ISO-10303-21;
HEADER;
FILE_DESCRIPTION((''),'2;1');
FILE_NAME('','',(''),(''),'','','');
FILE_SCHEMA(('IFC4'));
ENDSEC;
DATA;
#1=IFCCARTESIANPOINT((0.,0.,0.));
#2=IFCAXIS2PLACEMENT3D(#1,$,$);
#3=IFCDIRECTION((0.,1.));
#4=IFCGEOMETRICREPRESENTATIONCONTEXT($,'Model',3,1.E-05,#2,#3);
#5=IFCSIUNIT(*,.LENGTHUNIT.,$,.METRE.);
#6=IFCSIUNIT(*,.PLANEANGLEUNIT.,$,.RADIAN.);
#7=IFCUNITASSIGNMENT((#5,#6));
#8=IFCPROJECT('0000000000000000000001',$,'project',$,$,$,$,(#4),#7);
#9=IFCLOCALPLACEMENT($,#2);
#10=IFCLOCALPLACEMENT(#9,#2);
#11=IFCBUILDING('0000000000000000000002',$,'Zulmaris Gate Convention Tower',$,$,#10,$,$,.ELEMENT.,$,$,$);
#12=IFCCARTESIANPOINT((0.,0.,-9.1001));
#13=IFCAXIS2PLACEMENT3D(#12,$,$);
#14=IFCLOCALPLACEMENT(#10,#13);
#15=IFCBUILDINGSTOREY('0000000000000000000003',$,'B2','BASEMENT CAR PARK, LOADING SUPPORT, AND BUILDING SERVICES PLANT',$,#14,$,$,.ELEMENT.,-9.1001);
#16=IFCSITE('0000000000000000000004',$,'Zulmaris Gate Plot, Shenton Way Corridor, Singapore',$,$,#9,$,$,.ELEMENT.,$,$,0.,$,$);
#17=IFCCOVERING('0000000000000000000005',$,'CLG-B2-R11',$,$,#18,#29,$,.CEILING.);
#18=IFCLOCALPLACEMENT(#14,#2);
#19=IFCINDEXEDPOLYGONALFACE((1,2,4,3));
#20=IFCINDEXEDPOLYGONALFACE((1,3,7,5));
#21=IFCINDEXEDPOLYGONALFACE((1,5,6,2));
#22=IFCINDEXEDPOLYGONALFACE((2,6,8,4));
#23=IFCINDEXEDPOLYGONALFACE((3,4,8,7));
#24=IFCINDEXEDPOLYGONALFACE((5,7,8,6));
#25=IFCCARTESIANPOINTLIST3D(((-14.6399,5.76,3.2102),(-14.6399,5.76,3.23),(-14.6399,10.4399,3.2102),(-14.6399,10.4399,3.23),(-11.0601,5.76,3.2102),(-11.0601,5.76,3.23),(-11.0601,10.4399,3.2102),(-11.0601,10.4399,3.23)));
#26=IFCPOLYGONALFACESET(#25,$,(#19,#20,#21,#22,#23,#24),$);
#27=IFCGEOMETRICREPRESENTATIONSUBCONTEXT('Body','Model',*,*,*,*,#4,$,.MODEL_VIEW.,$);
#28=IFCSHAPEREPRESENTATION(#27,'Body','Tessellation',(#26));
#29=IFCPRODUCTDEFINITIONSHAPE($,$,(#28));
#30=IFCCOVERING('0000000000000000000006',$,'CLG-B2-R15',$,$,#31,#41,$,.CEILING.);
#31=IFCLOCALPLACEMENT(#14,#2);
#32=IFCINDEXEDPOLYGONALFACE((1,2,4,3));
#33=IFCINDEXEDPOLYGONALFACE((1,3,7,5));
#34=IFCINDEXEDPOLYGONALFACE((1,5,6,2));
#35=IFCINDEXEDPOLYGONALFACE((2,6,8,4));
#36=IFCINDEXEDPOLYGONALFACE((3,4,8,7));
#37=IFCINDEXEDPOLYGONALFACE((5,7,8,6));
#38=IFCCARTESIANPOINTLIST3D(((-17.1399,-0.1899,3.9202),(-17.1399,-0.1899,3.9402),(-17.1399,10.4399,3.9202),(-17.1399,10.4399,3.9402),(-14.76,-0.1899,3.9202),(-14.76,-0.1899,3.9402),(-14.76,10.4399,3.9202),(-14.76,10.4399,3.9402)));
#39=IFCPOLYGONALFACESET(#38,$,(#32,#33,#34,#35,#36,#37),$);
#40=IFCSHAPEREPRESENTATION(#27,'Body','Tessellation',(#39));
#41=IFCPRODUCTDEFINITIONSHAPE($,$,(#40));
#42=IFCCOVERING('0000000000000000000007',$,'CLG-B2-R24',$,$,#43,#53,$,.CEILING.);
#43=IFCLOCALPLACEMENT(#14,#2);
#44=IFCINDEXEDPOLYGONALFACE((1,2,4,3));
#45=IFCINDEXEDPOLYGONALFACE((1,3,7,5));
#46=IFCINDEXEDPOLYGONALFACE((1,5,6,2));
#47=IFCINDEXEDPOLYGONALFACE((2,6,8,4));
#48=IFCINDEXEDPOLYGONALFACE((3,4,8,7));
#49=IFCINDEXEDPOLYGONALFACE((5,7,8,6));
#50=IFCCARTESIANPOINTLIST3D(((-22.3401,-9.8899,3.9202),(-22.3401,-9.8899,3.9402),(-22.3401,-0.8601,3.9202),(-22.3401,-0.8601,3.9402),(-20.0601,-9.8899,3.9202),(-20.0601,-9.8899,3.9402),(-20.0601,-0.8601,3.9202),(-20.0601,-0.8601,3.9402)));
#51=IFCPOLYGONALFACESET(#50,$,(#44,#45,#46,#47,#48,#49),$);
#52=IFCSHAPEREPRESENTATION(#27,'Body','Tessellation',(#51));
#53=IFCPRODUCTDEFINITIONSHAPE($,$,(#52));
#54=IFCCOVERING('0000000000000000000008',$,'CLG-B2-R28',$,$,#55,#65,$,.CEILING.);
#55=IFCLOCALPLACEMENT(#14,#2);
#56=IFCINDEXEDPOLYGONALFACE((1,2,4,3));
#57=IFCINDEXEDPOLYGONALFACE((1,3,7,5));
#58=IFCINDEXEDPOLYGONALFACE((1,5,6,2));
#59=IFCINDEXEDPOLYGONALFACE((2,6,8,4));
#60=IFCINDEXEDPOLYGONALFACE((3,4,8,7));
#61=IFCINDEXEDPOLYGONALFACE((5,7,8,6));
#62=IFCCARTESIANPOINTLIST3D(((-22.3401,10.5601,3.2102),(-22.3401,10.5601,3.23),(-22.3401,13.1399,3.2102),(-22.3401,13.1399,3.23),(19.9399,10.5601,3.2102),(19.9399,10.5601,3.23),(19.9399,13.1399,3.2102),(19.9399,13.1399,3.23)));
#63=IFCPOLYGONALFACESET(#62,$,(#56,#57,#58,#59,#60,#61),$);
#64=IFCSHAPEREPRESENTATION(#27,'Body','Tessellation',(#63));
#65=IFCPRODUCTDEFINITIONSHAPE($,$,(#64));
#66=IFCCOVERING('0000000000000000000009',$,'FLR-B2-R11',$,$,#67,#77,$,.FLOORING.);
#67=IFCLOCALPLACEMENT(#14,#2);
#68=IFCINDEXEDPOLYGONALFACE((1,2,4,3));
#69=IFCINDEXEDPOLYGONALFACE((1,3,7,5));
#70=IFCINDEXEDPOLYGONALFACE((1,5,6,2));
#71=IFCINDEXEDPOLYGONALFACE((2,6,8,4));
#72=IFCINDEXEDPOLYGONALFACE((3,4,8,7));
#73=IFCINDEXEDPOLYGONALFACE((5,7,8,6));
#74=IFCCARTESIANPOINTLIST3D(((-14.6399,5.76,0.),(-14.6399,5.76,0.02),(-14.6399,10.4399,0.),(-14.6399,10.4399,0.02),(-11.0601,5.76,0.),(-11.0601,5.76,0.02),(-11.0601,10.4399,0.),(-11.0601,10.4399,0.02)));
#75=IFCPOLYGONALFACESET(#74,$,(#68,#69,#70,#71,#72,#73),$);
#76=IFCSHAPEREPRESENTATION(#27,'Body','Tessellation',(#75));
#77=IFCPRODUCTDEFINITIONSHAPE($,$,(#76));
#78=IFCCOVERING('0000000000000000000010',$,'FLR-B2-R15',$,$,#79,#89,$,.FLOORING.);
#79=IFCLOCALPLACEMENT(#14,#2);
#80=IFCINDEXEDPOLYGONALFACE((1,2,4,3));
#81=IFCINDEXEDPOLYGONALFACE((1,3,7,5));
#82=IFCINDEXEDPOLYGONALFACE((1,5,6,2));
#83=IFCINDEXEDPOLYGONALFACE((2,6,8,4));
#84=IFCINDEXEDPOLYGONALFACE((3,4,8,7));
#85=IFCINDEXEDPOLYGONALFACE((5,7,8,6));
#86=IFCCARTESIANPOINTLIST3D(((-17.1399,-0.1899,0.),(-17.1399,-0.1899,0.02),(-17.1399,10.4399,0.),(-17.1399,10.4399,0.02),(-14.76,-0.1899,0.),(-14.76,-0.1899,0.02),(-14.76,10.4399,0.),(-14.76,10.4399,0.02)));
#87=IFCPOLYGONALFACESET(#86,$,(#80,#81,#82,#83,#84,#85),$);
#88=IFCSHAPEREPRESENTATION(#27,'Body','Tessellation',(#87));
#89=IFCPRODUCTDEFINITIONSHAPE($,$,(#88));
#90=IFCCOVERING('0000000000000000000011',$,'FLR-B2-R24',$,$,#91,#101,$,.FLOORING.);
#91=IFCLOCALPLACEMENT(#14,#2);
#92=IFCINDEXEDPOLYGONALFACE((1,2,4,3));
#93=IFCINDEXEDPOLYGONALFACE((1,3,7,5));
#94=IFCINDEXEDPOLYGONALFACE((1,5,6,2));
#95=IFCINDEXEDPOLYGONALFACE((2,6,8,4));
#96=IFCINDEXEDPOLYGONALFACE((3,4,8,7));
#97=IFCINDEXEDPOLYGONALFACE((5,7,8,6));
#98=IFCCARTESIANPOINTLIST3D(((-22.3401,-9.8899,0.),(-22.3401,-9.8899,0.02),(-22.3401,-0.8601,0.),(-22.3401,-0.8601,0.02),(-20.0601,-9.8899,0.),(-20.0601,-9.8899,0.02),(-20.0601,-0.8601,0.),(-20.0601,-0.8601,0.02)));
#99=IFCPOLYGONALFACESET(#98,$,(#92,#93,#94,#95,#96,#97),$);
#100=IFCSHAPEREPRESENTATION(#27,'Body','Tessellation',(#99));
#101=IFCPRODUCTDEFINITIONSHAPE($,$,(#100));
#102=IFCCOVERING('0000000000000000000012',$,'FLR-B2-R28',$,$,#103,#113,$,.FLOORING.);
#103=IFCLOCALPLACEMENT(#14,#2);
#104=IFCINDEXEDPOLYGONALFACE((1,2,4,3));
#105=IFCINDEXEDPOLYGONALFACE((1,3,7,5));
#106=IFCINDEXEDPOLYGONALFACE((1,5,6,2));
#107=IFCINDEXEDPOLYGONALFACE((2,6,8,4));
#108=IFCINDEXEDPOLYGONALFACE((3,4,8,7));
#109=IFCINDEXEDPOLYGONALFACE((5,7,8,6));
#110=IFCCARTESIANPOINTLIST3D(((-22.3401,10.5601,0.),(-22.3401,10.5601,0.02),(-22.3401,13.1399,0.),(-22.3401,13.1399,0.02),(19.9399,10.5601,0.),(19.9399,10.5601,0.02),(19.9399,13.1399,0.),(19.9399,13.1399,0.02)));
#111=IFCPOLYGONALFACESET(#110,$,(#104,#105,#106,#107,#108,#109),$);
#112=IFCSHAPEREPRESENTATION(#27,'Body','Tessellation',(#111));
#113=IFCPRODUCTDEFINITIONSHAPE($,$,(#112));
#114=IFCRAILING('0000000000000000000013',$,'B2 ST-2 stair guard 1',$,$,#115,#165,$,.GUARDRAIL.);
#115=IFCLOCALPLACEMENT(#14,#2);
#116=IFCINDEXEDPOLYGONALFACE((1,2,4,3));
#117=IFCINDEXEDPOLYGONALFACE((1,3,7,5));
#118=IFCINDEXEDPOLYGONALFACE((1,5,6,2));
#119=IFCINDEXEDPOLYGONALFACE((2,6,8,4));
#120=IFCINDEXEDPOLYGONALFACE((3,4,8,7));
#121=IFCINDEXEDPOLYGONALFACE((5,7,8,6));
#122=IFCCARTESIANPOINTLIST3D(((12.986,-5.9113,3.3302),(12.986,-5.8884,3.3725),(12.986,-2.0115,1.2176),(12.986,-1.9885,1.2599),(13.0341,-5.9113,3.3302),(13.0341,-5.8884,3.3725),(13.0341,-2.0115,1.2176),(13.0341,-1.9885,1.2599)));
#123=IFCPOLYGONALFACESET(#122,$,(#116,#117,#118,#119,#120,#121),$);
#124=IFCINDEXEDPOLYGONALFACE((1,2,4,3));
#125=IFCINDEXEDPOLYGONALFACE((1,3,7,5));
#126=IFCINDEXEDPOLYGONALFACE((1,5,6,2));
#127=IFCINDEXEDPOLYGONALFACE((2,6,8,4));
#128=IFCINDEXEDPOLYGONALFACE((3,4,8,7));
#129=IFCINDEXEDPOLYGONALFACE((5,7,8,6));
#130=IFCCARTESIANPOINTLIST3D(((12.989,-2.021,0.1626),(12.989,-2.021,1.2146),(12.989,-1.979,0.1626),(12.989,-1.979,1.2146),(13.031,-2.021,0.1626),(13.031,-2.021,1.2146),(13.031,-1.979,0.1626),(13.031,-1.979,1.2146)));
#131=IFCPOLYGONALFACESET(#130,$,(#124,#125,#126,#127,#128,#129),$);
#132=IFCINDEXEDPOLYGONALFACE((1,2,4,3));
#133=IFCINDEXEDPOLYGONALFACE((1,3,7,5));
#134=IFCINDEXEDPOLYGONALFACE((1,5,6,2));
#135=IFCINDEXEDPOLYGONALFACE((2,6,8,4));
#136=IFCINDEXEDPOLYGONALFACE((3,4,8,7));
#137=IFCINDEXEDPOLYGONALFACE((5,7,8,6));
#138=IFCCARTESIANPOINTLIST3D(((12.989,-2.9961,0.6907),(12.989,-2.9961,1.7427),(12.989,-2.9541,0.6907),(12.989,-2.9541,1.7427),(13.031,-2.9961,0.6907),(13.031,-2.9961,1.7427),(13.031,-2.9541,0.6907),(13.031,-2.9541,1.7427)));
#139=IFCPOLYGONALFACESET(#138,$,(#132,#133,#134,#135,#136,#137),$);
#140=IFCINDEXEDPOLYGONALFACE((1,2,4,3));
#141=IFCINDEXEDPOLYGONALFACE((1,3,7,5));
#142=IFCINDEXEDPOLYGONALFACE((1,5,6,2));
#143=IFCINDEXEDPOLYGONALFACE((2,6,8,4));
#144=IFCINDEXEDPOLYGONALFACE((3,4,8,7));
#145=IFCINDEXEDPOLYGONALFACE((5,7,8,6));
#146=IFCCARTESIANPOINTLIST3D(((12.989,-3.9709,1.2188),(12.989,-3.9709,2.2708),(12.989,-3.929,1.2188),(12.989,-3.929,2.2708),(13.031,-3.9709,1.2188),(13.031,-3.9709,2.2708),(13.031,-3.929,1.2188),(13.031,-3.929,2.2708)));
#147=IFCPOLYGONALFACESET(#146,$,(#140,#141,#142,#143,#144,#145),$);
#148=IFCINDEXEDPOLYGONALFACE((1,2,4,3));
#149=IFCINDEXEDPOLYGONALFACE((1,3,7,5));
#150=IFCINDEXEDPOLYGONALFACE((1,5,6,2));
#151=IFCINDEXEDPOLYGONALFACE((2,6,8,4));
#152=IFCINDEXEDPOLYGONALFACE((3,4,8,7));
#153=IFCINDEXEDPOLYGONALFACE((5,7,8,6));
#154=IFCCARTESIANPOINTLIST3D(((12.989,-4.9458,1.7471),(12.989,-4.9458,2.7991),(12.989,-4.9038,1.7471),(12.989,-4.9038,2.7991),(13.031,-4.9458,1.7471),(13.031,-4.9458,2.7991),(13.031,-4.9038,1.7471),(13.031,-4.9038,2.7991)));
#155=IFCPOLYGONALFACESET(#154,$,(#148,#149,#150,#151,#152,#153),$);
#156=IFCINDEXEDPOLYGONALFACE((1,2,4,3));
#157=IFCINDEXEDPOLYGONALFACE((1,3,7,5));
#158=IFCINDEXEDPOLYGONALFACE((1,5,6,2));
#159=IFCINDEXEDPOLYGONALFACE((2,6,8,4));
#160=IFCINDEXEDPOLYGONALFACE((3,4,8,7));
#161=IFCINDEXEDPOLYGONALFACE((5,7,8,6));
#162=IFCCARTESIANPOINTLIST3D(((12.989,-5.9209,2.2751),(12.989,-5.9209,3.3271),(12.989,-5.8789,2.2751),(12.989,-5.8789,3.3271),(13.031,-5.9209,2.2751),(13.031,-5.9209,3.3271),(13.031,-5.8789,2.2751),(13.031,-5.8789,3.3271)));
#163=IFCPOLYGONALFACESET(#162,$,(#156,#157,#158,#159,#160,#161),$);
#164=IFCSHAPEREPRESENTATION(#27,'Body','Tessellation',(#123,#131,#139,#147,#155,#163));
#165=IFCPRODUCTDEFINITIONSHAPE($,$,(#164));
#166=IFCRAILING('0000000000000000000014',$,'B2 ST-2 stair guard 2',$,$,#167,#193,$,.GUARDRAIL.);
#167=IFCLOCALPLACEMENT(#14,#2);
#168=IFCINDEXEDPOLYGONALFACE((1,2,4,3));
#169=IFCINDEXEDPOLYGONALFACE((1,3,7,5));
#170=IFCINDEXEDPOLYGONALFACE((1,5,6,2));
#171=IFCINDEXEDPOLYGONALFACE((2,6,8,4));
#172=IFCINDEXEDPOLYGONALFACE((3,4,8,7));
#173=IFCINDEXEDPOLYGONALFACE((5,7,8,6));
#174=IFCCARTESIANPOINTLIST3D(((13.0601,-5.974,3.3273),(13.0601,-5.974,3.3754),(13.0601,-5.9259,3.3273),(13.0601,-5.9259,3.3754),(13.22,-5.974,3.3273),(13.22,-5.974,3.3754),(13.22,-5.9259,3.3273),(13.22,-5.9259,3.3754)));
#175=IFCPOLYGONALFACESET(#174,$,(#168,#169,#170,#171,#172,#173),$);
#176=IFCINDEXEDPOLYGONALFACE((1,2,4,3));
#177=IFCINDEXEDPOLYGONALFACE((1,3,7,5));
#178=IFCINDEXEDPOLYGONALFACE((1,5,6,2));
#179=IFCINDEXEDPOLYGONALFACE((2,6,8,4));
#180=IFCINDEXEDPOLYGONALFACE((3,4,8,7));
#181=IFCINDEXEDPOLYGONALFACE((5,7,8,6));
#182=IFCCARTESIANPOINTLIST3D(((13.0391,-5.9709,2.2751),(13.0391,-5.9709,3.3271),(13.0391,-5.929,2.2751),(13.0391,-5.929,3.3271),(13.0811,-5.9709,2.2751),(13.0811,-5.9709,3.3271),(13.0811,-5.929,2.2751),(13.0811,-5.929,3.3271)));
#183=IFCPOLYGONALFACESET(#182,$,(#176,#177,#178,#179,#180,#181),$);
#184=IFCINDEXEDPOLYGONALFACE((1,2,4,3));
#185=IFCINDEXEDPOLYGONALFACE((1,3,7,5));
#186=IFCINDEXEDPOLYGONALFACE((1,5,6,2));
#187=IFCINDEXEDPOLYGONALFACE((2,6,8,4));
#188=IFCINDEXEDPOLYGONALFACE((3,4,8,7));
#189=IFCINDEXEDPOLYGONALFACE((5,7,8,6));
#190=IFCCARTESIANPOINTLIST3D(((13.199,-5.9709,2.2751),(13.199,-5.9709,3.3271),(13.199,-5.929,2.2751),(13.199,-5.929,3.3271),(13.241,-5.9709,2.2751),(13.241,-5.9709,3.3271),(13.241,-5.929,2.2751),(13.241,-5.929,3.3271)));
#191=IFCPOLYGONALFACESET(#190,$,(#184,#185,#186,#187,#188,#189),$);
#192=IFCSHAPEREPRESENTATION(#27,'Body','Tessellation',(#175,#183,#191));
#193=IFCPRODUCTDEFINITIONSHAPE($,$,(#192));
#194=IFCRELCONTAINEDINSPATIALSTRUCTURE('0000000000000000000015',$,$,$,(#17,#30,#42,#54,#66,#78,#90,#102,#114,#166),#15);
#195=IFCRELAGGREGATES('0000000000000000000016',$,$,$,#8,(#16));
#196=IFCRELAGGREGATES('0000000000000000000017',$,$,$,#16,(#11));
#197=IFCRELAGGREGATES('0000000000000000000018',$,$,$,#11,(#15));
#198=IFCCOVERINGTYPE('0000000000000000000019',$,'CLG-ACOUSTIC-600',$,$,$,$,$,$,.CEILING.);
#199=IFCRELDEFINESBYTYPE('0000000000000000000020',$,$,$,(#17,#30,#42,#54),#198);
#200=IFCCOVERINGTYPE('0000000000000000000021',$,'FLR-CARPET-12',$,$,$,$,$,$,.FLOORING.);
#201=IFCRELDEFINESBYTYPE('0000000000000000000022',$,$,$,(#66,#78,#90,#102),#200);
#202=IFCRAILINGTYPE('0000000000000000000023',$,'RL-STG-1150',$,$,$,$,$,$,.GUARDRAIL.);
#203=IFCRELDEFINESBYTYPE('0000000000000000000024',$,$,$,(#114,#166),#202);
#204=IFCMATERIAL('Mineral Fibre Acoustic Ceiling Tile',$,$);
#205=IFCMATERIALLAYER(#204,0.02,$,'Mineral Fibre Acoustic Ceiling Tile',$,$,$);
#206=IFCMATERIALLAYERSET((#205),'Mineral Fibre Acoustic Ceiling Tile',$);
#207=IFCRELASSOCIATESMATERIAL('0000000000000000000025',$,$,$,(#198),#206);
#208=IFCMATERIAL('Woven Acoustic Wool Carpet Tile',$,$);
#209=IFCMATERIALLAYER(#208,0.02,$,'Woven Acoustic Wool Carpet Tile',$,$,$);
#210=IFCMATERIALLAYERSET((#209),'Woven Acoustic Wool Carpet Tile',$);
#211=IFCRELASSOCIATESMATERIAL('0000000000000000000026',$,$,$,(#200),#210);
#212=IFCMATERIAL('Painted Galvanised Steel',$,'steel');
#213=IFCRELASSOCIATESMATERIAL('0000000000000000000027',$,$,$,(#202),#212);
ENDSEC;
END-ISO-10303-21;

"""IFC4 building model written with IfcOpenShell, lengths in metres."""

from ifc_helpers import new_model, si_unit, direction, frame, origin, origin_2d, place, context, subcontext, project, spatial, polyline, rectangle, outline, extrude, material, layer, layer_set, type_object, element, save


model = new_model("IFC4")

# Units and contexts
model_context = context("Model", 3, precision=1e-05, world=origin(), true_north=direction((0.0, 1.0)))
body_context = subcontext(model_context, "Body", "Model", "MODEL_VIEW")
ifc_project = project(units=[si_unit("LENGTHUNIT", "METRE"), si_unit("PLANEANGLEUNIT", "RADIAN")], contexts=[model_context])

# Site, building, storey
site_placement = place(None, origin())
site = spatial("IfcSite", under=ifc_project, at=site_placement, Name="Zulmaris Gate Plot, Shenton Way Corridor, Singapore", CompositionType="ELEMENT", RefElevation=0.0)
building_placement = place(site_placement, origin())
building = spatial("IfcBuilding", under=site, at=building_placement, Name="Zulmaris Gate Convention Tower", CompositionType="ELEMENT")
storey_placement = place(building_placement, frame((0.0, 0.0, -9.1001)))
storey = spatial("IfcBuildingStorey", under=building, at=storey_placement, Name="B2", Description="BASEMENT CAR PARK, LOADING SUPPORT, AND BUILDING SERVICES PLANT", CompositionType="ELEMENT", Elevation=-9.1001)

# Coverings
ifc_material_1 = material(Name="Mineral Fibre Acoustic Ceiling Tile")
ifc_layer_1 = layer(ifc_material_1, 0.02, Name="Mineral Fibre Acoustic Ceiling Tile")
ifc_layer_set_1 = layer_set([ifc_layer_1], Name="Mineral Fibre Acoustic Ceiling Tile")
covering_type_1 = type_object("IfcCoveringType", Name="CLG-ACOUSTIC-600", PredefinedType="CEILING", material=ifc_layer_set_1)
covering_1_placement = place(storey_placement, frame((0.0, 0.0, 3.2102)))
element("IfcCovering", 1, at=covering_1_placement, inside=storey, type_object=covering_type_1, Name="CLG-B2-R11", PredefinedType="CEILING", context=body_context, shape_type="SweptSolid", body=[
    extrude(outline(polyline([(-14.6399, 5.76), (-11.0601, 5.76), (-11.0601, 10.4399), (-14.6399, 10.4399), (-14.6399, 5.76)])), origin(), (0.0, 0.0, 1.0), 0.0198),
])
covering_2_placement = place(storey_placement, frame((0.0, 0.0, 3.9202)))
element("IfcCovering", 2, at=covering_2_placement, inside=storey, type_object=covering_type_1, Name="CLG-B2-R15", PredefinedType="CEILING", context=body_context, shape_type="SweptSolid", body=[
    extrude(outline(polyline([(-17.1399, -0.1899), (-14.76, -0.1899), (-14.76, 10.4399), (-17.1399, 10.4399), (-17.1399, -0.1899)])), origin(), (0.0, 0.0, 1.0), 0.02),
])
covering_3_placement = place(storey_placement, frame((0.0, 0.0, 3.9202)))
element("IfcCovering", 3, at=covering_3_placement, inside=storey, type_object=covering_type_1, Name="CLG-B2-R24", PredefinedType="CEILING", context=body_context, shape_type="SweptSolid", body=[
    extrude(outline(polyline([(-22.3401, -9.8899), (-20.0601, -9.8899), (-20.0601, -0.8601), (-22.3401, -0.8601), (-22.3401, -9.8899)])), origin(), (0.0, 0.0, 1.0), 0.02),
])
covering_4_placement = place(storey_placement, frame((0.0, 0.0, 3.2102)))
element("IfcCovering", 4, at=covering_4_placement, inside=storey, type_object=covering_type_1, Name="CLG-B2-R28", PredefinedType="CEILING", context=body_context, shape_type="SweptSolid", body=[
    extrude(outline(polyline([(-22.3401, 10.5601), (19.9399, 10.5601), (19.9399, 13.1399), (-22.3401, 13.1399), (-22.3401, 10.5601)])), origin(), (0.0, 0.0, 1.0), 0.0198),
])
ifc_material_2 = material(Name="Woven Acoustic Wool Carpet Tile")
ifc_layer_2 = layer(ifc_material_2, 0.02, Name="Woven Acoustic Wool Carpet Tile")
ifc_layer_set_2 = layer_set([ifc_layer_2], Name="Woven Acoustic Wool Carpet Tile")
covering_type_2 = type_object("IfcCoveringType", Name="FLR-CARPET-12", PredefinedType="FLOORING", material=ifc_layer_set_2)
covering_5_placement = place(storey_placement, origin())
element("IfcCovering", 5, at=covering_5_placement, inside=storey, type_object=covering_type_2, Name="FLR-B2-R11", PredefinedType="FLOORING", context=body_context, shape_type="SweptSolid", body=[
    extrude(outline(polyline([(-14.6399, 5.76), (-11.0601, 5.76), (-11.0601, 10.4399), (-14.6399, 10.4399), (-14.6399, 5.76)])), origin(), (0.0, 0.0, 1.0), 0.02),
])
covering_6_placement = place(storey_placement, origin())
element("IfcCovering", 6, at=covering_6_placement, inside=storey, type_object=covering_type_2, Name="FLR-B2-R15", PredefinedType="FLOORING", context=body_context, shape_type="SweptSolid", body=[
    extrude(outline(polyline([(-17.1399, -0.1899), (-14.76, -0.1899), (-14.76, 10.4399), (-17.1399, 10.4399), (-17.1399, -0.1899)])), origin(), (0.0, 0.0, 1.0), 0.02),
])
covering_7_placement = place(storey_placement, origin())
element("IfcCovering", 7, at=covering_7_placement, inside=storey, type_object=covering_type_2, Name="FLR-B2-R24", PredefinedType="FLOORING", context=body_context, shape_type="SweptSolid", body=[
    extrude(outline(polyline([(-22.3401, -9.8899), (-20.0601, -9.8899), (-20.0601, -0.8601), (-22.3401, -0.8601), (-22.3401, -9.8899)])), origin(), (0.0, 0.0, 1.0), 0.02),
])
covering_8_placement = place(storey_placement, origin())
element("IfcCovering", 8, at=covering_8_placement, inside=storey, type_object=covering_type_2, Name="FLR-B2-R28", PredefinedType="FLOORING", context=body_context, shape_type="SweptSolid", body=[
    extrude(outline(polyline([(-22.3401, 10.5601), (19.9399, 10.5601), (19.9399, 13.1399), (-22.3401, 13.1399), (-22.3401, 10.5601)])), origin(), (0.0, 0.0, 1.0), 0.02),
])

# Railings
ifc_material_3 = material(Name="Painted Galvanised Steel", Category="steel")
railing_type_1 = type_object("IfcRailingType", Name="RL-STG-1150", PredefinedType="GUARDRAIL", material=ifc_material_3)
railing_1_placement = place(storey_placement, frame((13.01, -2.0, 0.1626)))
element("IfcRailing", 9, at=railing_1_placement, inside=storey, type_object=railing_type_1, Name="B2 ST-2 stair guard 1", PredefinedType="GUARDRAIL", context=body_context, shape_type="SweptSolid", body=[
    extrude(rectangle(XDim=0.0481, YDim=0.0481, at=origin_2d()), frame((0.0, 0.0, 1.0762), z_axis=(0.0, -0.879282, 0.476301), x_axis=(1.0, 0.0, 0.0)), (0.0, 0.0, 1.0), 4.4353),
    extrude(rectangle(XDim=0.042, YDim=0.042, at=origin_2d()), origin(), (0.0, 0.0, 1.0), 1.052),
    extrude(rectangle(XDim=0.042, YDim=0.042, at=origin_2d()), frame((0.0, -0.9751, 0.5281)), (0.0, 0.0, 1.0), 1.052),
    extrude(rectangle(XDim=0.042, YDim=0.042, at=origin_2d()), frame((0.0, -1.95, 1.0562)), (0.0, 0.0, 1.0), 1.052),
    extrude(rectangle(XDim=0.042, YDim=0.042, at=origin_2d()), frame((0.0, -2.9248, 1.5845)), (0.0, 0.0, 1.0), 1.052),
    extrude(rectangle(XDim=0.042, YDim=0.042, at=origin_2d()), frame((0.0, -3.8999, 2.1125)), (0.0, 0.0, 1.0), 1.052),
])
railing_2_placement = place(storey_placement, frame((13.0601, -5.95, 2.2751)))
element("IfcRailing", 10, at=railing_2_placement, inside=storey, type_object=railing_type_1, Name="B2 ST-2 stair guard 2", PredefinedType="GUARDRAIL", context=body_context, shape_type="SweptSolid", body=[
    extrude(rectangle(XDim=0.0481, YDim=0.0481, at=origin_2d()), frame((0.0, 0.0, 1.0762), z_axis=(1.0, 0.0, 0.0), x_axis=(0.0, 1.0, 0.0)), (0.0, 0.0, 1.0), 0.1599),
    extrude(rectangle(XDim=0.042, YDim=0.042, at=origin_2d()), origin(), (0.0, 0.0, 1.0), 1.052),
    extrude(rectangle(XDim=0.042, YDim=0.042, at=origin_2d()), frame((0.1599, 0.0, 0.0)), (0.0, 0.0, 1.0), 1.052),
])

save(model, "model.ifc")
